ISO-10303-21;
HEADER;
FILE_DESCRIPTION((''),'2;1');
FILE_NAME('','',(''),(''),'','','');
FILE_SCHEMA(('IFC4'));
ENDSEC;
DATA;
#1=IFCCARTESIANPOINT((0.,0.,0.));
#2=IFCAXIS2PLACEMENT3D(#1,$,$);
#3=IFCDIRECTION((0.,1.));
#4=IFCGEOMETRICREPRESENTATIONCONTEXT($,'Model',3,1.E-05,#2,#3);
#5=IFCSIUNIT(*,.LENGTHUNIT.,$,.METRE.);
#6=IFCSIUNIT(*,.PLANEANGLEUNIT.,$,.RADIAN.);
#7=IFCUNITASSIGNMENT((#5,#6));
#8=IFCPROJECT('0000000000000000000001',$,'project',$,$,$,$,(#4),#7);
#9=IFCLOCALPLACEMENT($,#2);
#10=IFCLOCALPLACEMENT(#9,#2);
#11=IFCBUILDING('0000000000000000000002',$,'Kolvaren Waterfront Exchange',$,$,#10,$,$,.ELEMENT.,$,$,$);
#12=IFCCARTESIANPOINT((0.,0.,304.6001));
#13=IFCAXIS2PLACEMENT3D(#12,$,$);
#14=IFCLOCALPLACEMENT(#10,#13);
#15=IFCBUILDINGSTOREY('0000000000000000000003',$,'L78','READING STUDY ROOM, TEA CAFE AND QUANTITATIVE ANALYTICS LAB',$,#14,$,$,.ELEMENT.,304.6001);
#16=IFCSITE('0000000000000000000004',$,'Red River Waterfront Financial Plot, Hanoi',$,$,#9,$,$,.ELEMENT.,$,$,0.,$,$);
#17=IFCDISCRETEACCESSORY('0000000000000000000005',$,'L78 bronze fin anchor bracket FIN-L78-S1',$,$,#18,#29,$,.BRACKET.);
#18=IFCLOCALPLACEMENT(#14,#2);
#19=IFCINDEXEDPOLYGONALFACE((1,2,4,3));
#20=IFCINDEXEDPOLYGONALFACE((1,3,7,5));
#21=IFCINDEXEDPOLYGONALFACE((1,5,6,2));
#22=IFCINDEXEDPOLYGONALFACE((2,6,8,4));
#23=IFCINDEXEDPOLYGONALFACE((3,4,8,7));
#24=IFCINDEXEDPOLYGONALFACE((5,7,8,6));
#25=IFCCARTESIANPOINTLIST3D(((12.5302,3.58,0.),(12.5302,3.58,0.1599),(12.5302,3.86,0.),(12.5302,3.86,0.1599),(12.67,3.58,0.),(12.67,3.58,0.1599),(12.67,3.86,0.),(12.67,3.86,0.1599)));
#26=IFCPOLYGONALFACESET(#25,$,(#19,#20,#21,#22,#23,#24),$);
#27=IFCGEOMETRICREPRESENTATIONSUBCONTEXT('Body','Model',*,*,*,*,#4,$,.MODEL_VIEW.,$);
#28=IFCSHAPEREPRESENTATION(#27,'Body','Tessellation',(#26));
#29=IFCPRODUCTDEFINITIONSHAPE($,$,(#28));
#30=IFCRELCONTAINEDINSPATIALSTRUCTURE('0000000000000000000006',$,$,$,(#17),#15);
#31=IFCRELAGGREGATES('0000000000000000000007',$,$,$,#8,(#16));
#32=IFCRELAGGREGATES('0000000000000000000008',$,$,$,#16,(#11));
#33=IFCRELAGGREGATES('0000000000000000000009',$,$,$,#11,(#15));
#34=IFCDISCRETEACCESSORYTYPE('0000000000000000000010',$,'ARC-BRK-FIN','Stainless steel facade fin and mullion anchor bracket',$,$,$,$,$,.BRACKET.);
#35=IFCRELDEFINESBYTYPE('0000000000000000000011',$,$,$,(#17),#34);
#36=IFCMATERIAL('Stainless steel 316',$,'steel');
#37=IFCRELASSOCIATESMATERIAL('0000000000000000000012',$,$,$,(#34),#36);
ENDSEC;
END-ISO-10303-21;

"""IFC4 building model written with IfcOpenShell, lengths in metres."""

from ifc_helpers import new_model, si_unit, direction, frame, origin, origin_with_axes, origin_2d, place, context, subcontext, project, spatial, rectangle, extrude, source, transform, mapped, material, type_object, element, save


model = new_model("IFC4")

# Units and contexts
model_context = context("Model", 3, precision=1e-05, world=origin(), true_north=direction((0.0, 1.0)))
body_context = subcontext(model_context, "Body", "Model", "MODEL_VIEW")
ifc_project = project(units=[si_unit("LENGTHUNIT", "METRE"), si_unit("PLANEANGLEUNIT", "RADIAN")], contexts=[model_context])

# Site, building, storey
site_placement = place(None, origin())
site = spatial("IfcSite", under=ifc_project, at=site_placement, Name="Red River Waterfront Financial Plot, Hanoi", CompositionType="ELEMENT", RefElevation=0.0)
building_placement = place(site_placement, origin())
building = spatial("IfcBuilding", under=site, at=building_placement, Name="Kolvaren Waterfront Exchange", CompositionType="ELEMENT")
storey_placement = place(building_placement, frame((0.0, 0.0, 304.6001)))
storey = spatial("IfcBuildingStorey", under=building, at=storey_placement, Name="L78", Description="READING STUDY ROOM, TEA CAFE AND QUANTITATIVE ANALYTICS LAB", CompositionType="ELEMENT", Elevation=304.6001)

# Discrete accessory
ifc_material_1 = material(Name="Stainless steel 316", Category="steel")
discrete_accessory_type = type_object("IfcDiscreteAccessoryType", Name="ARC-BRK-FIN", Description="Stainless steel facade fin and mullion anchor bracket", PredefinedType="BRACKET", material=ifc_material_1)
shared_shape_1 = source(origin_with_axes(), body_context, "Body", "SweptSolid", [
    extrude(rectangle(XDim=0.28, YDim=0.1399, at=origin_2d()), origin(), (0.0, 0.0, 1.0), 0.1599),
])
discrete_accessory_placement = place(storey_placement, frame((12.6001, 3.72, 0.0), z_axis=(0.0, 0.0, 1.0), x_axis=(0.0, -1.0, 0.0)))
element("IfcDiscreteAccessory", 1, at=discrete_accessory_placement, inside=storey, type_object=discrete_accessory_type, Name="L78 bronze fin anchor bracket FIN-L78-S1", PredefinedType="BRACKET", context=body_context, shape_type="MappedRepresentation", body=[
    mapped(shared_shape_1, transform((0.0, 0.0, 0.0), x_axis=(1.0, 0.0, 0.0), y_axis=(0.0, 1.0, 0.0), z_axis=(0.0, 0.0, 1.0), scale=1.0)),
])

save(model, "model.ifc")
